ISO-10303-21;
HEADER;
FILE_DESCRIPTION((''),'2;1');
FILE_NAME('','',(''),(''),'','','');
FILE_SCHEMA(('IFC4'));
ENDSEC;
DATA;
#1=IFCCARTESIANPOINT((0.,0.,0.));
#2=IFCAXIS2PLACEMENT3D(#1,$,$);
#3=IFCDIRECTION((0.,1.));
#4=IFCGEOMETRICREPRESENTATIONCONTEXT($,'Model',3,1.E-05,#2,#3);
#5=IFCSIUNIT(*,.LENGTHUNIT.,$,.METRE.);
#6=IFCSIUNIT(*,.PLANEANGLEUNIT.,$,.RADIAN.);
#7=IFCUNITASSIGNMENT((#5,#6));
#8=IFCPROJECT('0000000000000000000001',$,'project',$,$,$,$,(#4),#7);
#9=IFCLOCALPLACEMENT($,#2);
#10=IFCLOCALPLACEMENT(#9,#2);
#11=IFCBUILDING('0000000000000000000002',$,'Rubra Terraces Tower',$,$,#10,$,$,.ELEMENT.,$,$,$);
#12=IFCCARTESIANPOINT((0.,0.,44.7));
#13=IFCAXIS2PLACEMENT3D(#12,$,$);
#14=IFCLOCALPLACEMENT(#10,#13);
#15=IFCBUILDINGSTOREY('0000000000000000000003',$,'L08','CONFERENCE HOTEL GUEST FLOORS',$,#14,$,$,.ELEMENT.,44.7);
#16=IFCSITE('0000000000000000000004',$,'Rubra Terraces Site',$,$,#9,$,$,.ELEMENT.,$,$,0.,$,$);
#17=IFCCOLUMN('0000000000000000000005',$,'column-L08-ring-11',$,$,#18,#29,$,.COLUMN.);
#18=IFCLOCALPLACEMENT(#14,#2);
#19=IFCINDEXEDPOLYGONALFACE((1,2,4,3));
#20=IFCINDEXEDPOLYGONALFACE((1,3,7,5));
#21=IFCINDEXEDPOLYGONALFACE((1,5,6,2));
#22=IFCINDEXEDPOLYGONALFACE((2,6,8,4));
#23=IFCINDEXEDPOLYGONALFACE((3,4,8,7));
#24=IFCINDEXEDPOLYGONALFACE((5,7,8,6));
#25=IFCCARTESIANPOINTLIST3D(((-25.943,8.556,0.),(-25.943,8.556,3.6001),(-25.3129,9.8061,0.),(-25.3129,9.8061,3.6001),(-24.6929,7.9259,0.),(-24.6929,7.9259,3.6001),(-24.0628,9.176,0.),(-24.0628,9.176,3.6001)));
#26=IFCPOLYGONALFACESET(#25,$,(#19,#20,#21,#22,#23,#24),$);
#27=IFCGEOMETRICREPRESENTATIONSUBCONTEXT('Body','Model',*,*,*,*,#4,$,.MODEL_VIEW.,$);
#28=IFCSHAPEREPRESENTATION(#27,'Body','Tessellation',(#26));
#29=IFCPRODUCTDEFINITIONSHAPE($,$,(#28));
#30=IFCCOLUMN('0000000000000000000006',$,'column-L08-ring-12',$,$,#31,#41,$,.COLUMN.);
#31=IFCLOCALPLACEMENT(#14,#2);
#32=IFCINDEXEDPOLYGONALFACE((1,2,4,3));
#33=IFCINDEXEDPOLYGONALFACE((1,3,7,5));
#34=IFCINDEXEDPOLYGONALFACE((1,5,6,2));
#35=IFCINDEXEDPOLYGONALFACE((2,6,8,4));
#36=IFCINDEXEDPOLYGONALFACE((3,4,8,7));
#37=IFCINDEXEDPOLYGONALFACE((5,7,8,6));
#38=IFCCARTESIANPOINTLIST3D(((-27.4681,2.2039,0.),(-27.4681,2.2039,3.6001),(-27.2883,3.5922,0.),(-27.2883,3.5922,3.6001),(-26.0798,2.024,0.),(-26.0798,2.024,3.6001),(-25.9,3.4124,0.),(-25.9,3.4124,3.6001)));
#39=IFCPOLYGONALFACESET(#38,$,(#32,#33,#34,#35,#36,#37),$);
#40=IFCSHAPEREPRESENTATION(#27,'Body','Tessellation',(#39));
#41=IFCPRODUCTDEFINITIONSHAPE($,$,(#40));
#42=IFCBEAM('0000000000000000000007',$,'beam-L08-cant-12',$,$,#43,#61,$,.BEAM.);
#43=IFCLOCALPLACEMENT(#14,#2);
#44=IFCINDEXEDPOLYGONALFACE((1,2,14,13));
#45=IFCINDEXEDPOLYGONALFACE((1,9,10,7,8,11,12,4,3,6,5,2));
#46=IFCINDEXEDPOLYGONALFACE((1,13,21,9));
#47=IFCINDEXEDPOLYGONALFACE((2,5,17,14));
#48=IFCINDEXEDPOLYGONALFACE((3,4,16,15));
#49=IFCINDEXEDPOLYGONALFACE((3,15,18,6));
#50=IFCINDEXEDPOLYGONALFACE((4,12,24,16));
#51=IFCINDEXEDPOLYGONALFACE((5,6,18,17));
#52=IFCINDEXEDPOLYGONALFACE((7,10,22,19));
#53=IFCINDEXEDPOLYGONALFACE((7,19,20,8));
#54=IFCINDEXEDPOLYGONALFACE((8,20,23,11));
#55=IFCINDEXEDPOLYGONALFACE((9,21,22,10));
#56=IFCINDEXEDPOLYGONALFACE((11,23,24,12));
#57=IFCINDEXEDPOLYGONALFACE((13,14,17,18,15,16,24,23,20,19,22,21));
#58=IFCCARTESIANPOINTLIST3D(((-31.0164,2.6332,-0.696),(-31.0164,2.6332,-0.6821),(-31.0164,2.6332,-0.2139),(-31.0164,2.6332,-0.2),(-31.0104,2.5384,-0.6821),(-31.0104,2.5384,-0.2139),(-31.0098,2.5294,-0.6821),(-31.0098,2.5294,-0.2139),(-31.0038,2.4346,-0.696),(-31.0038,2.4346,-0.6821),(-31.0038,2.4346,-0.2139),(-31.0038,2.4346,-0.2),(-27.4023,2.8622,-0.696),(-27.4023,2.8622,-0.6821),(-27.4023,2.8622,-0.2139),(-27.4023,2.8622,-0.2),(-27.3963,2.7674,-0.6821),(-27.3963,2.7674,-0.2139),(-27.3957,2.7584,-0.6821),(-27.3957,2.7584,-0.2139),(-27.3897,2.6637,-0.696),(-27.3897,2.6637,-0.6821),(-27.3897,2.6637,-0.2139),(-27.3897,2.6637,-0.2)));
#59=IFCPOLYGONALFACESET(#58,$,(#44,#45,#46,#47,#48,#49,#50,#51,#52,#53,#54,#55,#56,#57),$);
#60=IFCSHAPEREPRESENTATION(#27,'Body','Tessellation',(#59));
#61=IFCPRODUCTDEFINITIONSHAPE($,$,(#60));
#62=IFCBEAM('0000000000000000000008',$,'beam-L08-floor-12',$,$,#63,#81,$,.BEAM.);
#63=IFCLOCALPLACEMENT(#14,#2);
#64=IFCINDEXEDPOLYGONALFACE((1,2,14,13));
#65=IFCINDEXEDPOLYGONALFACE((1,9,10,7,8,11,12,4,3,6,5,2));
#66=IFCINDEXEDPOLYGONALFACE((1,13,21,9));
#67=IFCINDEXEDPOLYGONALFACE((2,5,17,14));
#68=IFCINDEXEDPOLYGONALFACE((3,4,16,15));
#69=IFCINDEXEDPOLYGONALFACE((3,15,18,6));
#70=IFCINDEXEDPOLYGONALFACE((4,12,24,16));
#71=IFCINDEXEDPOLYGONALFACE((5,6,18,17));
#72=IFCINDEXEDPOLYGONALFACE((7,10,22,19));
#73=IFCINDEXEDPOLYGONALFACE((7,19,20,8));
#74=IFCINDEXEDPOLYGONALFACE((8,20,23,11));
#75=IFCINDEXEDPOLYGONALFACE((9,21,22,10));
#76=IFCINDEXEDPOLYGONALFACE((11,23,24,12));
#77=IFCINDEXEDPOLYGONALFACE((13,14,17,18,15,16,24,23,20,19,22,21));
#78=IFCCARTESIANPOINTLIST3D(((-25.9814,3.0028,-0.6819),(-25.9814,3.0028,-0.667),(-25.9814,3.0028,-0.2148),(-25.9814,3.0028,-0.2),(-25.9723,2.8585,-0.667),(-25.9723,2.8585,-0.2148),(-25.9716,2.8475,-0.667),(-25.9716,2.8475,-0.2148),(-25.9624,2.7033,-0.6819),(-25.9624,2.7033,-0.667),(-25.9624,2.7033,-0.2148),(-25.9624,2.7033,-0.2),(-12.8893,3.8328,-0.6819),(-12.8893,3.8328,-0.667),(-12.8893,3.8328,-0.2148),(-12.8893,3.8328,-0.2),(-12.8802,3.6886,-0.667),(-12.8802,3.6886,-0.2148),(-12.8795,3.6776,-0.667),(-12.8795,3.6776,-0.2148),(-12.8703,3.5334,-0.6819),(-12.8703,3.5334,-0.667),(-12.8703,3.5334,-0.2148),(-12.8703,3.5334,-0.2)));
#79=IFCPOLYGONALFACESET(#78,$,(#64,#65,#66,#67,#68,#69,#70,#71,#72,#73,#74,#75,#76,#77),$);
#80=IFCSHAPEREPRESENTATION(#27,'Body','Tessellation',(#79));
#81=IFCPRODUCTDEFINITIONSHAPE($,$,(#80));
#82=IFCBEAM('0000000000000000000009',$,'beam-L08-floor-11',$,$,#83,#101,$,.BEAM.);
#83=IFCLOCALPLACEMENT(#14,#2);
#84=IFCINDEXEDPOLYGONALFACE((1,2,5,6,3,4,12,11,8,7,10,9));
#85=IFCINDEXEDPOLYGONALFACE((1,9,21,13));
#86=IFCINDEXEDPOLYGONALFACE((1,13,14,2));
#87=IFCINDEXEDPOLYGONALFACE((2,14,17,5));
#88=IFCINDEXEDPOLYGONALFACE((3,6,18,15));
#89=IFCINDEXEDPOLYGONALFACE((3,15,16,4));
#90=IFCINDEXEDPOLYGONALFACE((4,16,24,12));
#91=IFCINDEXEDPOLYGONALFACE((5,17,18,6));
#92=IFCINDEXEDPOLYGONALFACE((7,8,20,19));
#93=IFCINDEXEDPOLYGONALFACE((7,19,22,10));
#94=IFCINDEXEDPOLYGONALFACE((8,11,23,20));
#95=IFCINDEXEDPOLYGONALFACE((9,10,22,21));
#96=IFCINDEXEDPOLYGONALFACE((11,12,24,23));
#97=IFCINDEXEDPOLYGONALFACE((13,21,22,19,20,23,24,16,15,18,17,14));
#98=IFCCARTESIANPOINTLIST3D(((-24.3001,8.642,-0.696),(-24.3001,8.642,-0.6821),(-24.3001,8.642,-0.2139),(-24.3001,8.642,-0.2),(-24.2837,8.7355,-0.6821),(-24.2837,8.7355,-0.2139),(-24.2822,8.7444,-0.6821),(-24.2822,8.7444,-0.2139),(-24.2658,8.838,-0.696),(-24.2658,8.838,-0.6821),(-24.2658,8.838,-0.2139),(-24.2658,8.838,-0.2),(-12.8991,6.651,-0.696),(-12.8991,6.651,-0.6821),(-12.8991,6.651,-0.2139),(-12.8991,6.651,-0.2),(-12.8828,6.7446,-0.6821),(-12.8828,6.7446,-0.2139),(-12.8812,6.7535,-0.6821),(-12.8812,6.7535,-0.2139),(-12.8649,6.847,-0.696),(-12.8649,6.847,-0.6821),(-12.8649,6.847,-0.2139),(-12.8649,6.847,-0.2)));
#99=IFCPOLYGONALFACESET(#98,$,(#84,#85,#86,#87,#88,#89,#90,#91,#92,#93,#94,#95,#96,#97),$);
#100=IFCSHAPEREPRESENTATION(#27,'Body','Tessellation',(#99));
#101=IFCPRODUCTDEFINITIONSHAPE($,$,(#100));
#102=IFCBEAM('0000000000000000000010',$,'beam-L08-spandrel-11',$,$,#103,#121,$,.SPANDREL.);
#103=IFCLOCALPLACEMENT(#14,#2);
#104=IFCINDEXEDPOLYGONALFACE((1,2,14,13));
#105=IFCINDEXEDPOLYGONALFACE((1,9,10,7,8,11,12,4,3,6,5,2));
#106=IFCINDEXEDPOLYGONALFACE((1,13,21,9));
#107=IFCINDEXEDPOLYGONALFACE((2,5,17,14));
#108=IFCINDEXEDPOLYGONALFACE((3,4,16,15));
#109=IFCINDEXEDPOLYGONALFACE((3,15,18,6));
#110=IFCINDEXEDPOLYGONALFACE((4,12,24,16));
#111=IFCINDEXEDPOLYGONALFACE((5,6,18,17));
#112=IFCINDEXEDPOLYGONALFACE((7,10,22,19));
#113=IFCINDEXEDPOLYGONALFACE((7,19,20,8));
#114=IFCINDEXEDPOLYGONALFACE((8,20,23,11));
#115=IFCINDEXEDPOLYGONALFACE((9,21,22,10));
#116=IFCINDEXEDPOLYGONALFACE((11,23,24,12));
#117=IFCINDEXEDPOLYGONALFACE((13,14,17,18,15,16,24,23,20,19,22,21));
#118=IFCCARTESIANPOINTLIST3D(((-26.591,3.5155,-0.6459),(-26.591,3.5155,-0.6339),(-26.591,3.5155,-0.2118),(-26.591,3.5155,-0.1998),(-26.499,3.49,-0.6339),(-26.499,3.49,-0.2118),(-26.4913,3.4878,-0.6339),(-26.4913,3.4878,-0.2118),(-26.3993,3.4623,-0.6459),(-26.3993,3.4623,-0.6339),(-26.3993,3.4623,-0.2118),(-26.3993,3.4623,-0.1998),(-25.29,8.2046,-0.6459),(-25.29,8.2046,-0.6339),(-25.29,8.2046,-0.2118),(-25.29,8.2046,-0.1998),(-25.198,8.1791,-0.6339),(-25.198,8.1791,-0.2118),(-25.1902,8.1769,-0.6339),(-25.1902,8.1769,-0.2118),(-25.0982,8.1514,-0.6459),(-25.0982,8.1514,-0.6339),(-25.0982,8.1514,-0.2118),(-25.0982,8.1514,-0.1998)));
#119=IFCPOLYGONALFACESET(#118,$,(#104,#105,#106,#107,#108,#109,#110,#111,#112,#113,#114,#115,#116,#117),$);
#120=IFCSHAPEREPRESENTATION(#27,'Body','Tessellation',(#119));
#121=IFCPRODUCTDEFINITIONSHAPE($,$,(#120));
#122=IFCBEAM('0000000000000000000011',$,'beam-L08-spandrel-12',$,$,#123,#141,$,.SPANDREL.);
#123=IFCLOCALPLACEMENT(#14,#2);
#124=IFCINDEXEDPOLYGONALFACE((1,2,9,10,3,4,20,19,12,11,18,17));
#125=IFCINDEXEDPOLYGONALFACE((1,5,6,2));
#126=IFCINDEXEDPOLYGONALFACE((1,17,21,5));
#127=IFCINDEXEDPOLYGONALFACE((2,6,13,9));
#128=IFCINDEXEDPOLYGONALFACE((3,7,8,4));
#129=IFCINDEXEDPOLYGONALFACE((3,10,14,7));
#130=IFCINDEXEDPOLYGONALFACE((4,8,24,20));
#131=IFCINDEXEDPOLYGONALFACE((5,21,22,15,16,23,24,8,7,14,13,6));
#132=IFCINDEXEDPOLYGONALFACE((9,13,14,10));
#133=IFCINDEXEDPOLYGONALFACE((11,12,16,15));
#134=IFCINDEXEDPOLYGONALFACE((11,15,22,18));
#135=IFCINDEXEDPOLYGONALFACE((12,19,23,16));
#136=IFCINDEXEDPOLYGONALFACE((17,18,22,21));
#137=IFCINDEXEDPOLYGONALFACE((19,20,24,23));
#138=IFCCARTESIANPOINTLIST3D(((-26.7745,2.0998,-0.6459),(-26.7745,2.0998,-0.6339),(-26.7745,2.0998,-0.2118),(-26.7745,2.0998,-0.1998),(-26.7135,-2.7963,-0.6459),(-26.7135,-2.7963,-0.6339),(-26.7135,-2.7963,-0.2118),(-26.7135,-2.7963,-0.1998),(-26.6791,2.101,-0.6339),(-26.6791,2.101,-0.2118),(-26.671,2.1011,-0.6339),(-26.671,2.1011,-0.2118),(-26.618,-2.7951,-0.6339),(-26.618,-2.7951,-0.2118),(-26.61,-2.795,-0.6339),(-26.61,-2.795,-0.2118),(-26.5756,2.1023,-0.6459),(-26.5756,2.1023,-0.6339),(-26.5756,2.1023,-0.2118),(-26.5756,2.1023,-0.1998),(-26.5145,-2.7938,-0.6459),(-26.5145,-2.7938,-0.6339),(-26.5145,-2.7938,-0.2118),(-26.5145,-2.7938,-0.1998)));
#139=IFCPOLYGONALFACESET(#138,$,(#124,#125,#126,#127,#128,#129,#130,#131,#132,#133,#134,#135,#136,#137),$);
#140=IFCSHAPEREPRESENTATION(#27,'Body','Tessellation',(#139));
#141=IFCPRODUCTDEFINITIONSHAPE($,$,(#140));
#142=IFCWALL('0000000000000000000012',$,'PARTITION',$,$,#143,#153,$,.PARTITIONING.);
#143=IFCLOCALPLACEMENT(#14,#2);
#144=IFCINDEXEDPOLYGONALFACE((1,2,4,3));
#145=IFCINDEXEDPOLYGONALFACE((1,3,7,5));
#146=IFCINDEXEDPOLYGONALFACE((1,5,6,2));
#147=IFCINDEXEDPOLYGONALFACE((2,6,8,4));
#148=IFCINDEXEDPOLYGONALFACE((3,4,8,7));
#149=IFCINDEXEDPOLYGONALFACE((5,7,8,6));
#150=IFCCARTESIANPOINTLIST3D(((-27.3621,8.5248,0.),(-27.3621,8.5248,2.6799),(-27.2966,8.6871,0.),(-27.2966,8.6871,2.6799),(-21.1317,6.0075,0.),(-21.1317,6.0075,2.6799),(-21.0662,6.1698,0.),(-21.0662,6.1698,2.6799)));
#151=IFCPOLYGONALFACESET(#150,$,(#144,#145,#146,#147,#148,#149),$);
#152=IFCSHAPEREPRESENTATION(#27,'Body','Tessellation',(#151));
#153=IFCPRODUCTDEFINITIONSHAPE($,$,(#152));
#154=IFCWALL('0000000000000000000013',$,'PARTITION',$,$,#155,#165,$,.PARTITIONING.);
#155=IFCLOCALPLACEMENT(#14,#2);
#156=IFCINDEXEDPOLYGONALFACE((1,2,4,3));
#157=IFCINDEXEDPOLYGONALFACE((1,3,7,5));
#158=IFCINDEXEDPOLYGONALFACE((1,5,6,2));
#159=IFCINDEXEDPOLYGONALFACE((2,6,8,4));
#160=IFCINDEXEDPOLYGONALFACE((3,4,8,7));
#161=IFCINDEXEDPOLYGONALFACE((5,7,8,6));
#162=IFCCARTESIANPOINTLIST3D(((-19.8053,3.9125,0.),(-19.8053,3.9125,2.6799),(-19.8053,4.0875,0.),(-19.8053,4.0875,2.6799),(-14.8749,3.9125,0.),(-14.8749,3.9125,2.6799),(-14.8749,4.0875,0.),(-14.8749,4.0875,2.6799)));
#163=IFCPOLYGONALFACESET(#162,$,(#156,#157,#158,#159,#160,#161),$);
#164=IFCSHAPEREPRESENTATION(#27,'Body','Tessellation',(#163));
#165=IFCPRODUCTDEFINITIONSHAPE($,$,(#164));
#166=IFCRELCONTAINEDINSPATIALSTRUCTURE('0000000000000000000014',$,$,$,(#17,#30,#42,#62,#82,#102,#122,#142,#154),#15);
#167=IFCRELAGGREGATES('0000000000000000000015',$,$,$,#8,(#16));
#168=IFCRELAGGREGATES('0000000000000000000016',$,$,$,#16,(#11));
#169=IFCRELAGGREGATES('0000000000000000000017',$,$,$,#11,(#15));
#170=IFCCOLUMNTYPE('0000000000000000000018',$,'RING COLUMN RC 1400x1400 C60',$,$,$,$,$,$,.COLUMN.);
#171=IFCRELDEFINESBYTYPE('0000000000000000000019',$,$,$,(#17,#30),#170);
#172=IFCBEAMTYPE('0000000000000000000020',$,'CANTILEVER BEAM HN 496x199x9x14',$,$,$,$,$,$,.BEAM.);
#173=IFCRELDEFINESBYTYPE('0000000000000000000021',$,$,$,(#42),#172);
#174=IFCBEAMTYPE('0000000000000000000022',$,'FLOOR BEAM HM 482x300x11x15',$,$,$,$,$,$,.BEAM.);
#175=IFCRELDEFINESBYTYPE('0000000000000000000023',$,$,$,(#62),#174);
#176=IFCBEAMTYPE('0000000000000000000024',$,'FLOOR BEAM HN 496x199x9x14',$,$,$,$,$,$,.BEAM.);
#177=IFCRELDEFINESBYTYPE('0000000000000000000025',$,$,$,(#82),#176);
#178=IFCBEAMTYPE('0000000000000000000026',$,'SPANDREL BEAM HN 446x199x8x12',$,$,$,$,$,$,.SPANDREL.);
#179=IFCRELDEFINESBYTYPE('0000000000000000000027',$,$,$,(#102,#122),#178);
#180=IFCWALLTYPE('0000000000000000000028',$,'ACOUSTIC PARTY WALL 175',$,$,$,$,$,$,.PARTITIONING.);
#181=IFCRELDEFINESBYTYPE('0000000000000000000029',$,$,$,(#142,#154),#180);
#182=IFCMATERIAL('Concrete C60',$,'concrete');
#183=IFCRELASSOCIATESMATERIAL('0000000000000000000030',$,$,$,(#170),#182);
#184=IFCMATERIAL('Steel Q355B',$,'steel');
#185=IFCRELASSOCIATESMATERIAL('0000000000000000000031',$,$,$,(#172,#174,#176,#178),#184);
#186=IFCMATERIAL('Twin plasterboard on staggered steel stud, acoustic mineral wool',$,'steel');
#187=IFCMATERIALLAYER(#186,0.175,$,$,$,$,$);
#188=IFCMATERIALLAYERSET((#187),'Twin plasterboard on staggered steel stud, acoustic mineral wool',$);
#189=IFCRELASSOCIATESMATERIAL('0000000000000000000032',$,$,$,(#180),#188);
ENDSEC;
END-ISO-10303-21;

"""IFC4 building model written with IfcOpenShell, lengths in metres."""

from ifc_helpers import new_model, si_unit, direction, frame, frame_2d, origin, origin_2d, place, context, subcontext, project, spatial, rectangle, i_section, extrude, material, layer, layer_set, material_profile, profile_set, type_object, element, save


model = new_model("IFC4")

# Units and contexts
model_context = context("Model", 3, precision=1e-05, world=origin(), true_north=direction((0.0, 1.0)))
body_context = subcontext(model_context, "Body", "Model", "MODEL_VIEW")
ifc_project = project(units=[si_unit("LENGTHUNIT", "METRE"), si_unit("PLANEANGLEUNIT", "RADIAN")], contexts=[model_context])

# Site, building, storey
site_placement = place(None, origin())
site = spatial("IfcSite", under=ifc_project, at=site_placement, Name="Rubra Terraces Site", CompositionType="ELEMENT", RefElevation=0.0)
building_placement = place(site_placement, origin())
building = spatial("IfcBuilding", under=site, at=building_placement, Name="Rubra Terraces Tower", CompositionType="ELEMENT")
storey_placement = place(building_placement, frame((0.0, 0.0, 44.7)))
storey = spatial("IfcBuildingStorey", under=building, at=storey_placement, Name="L08", Description="CONFERENCE HOTEL GUEST FLOORS", CompositionType="ELEMENT", Elevation=44.7)

# Columns
ifc_material_1 = material(Name="Concrete C60", Category="concrete")
ifc_material_profile_1 = material_profile(ifc_material_1, rectangle(XDim=1.3999, YDim=1.3999, at=origin_2d()), Name="RC 1400x1400")
ifc_profile_set_1 = profile_set([ifc_material_profile_1], Name="Concrete C60")
column_type = type_object("IfcColumnType", Name="RING COLUMN RC 1400x1400 C60", PredefinedType="COLUMN", material=ifc_profile_set_1)
for number, where, z_axis, x_axis, name in (
    (1, (-25.0029, 8.866, 0.0), (0.0, 0.0, 1.0), (-0.450099, -0.892979, 0.0), "column-L08-ring-11"),
    (2, (-26.6841, 2.8081, 0.0), (0.0, 0.0, 1.0), (-0.128445, -0.991717, 0.0), "column-L08-ring-12"),
):
    element("IfcColumn", number, at=place(storey_placement, frame(where, z_axis=z_axis, x_axis=x_axis)), inside=storey, type_object=column_type, Name=name, PredefinedType="COLUMN", context=body_context, shape_type="SweptSolid", body=[
        extrude(rectangle(XDim=1.3999, YDim=1.3999, at=origin_2d()), origin(), (0.0, 0.0, 1.0), 3.6001),
    ])

# Beams
ifc_material_2 = material(Name="Steel Q355B", Category="steel")
ifc_material_profile_2 = material_profile(ifc_material_2, i_section(OverallWidth=0.199, OverallDepth=0.4961, WebThickness=0.009, FlangeThickness=0.0139, at=origin_2d()), Name="HN 496x199x9x14")
ifc_profile_set_2 = profile_set([ifc_material_profile_2], Name="Steel Q355B")
beam_type_1 = type_object("IfcBeamType", Name="CANTILEVER BEAM HN 496x199x9x14", PredefinedType="BEAM", material=ifc_profile_set_2)
beam_1_placement = place(storey_placement, frame((-27.396, 2.7629, -0.448), z_axis=(-0.997998, -0.063239, 0.0), x_axis=(0.063239, -0.997998, 0.0)))
element("IfcBeam", 3, at=beam_1_placement, inside=storey, type_object=beam_type_1, Name="beam-L08-cant-12", PredefinedType="BEAM", context=body_context, shape_type="SweptSolid", body=[
    extrude(i_section(OverallWidth=0.199, OverallDepth=0.4961, WebThickness=0.009, FlangeThickness=0.0139, at=origin_2d()), origin(), (0.0, 0.0, 1.0), 3.6213),
])
ifc_material_profile_3 = material_profile(ifc_material_2, i_section(OverallWidth=0.3, OverallDepth=0.4819, WebThickness=0.011, FlangeThickness=0.0149, at=origin_2d()), Name="HM 482x300x11x15")
ifc_profile_set_3 = profile_set([ifc_material_profile_3], Name="Steel Q355B")
beam_type_2 = type_object("IfcBeamType", Name="FLOOR BEAM HM 482x300x11x15", PredefinedType="BEAM", material=ifc_profile_set_3)
beam_2_placement = place(storey_placement, frame((-25.9719, 2.853, -0.4409), z_axis=(0.997996, 0.063276, 0.0), x_axis=(-0.063276, 0.997996, 0.0)))
element("IfcBeam", 4, at=beam_2_placement, inside=storey, type_object=beam_type_2, Name="beam-L08-floor-12", PredefinedType="BEAM", context=body_context, shape_type="SweptSolid", body=[
    extrude(i_section(OverallWidth=0.3, OverallDepth=0.4819, WebThickness=0.011, FlangeThickness=0.0149, at=origin_2d()), origin(), (0.0, 0.0, 1.0), 13.1184),
])
ifc_material_profile_4 = material_profile(ifc_material_2, i_section(OverallWidth=0.199, OverallDepth=0.4961, WebThickness=0.009, FlangeThickness=0.0139, at=origin_2d()), Name="HN 496x199x9x14")
ifc_profile_set_4 = profile_set([ifc_material_profile_4], Name="Steel Q355B")
beam_type_3 = type_object("IfcBeamType", Name="FLOOR BEAM HN 496x199x9x14", PredefinedType="BEAM", material=ifc_profile_set_4)
beam_3_placement = place(storey_placement, frame((-24.283, 8.74, -0.448), z_axis=(0.985092, -0.172029, 0.0), x_axis=(0.172029, 0.985092, 0.0)))
element("IfcBeam", 5, at=beam_3_placement, inside=storey, type_object=beam_type_3, Name="beam-L08-floor-11", PredefinedType="BEAM", context=body_context, shape_type="SweptSolid", body=[
    extrude(i_section(OverallWidth=0.199, OverallDepth=0.4961, WebThickness=0.009, FlangeThickness=0.0139, at=origin_2d()), origin(), (0.0, 0.0, 1.0), 11.5735),
])
ifc_material_profile_5 = material_profile(ifc_material_2, i_section(OverallWidth=0.199, OverallDepth=0.446, WebThickness=0.0081, FlangeThickness=0.012, at=origin_2d()), Name="HN 446x199x8x12")
ifc_profile_set_5 = profile_set([ifc_material_profile_5], Name="Steel Q355B")
beam_type_4 = type_object("IfcBeamType", Name="SPANDREL BEAM HN 446x199x8x12", PredefinedType="SPANDREL", material=ifc_profile_set_5)
beam_4_placement = place(storey_placement, frame((-25.1941, 8.178, -0.4229), z_axis=(-0.267364, -0.963595, 0.0), x_axis=(0.963595, -0.267364, 0.0)))
element("IfcBeam", 6, at=beam_4_placement, inside=storey, type_object=beam_type_4, Name="beam-L08-spandrel-11", PredefinedType="SPANDREL", context=body_context, shape_type="SweptSolid", body=[
    extrude(i_section(OverallWidth=0.199, OverallDepth=0.446, WebThickness=0.0081, FlangeThickness=0.012, at=origin_2d()), origin(), (0.0, 0.0, 1.0), 4.8662),
])
beam_5_placement = place(storey_placement, frame((-26.675, 2.1011, -0.4229), z_axis=(0.012465, -0.999922, 0.0), x_axis=(0.999922, 0.012465, 0.0)))
element("IfcBeam", 7, at=beam_5_placement, inside=storey, type_object=beam_type_4, Name="beam-L08-spandrel-12", PredefinedType="SPANDREL", context=body_context, shape_type="SweptSolid", body=[
    extrude(i_section(OverallWidth=0.199, OverallDepth=0.446, WebThickness=0.0081, FlangeThickness=0.012, at=origin_2d()), origin(), (0.0, 0.0, 1.0), 4.8965),
])

# Walls
ifc_material_3 = material(Name="Twin plasterboard on staggered steel stud, acoustic mineral wool", Category="steel")
ifc_layer_1 = layer(ifc_material_3, 0.175)
ifc_layer_set_1 = layer_set([ifc_layer_1], Name="Twin plasterboard on staggered steel stud, acoustic mineral wool")
wall_type_1 = type_object("IfcWallType", Name="ACOUSTIC PARTY WALL 175", PredefinedType="PARTITIONING", material=ifc_layer_set_1)
wall_1_placement = place(storey_placement, frame((-27.3293, 8.606, 0.0), z_axis=(0.0, 0.0, 1.0), x_axis=(0.927181, -0.374614, 0.0)))
element("IfcWall", 8, at=wall_1_placement, inside=storey, type_object=wall_type_1, Name="PARTITION", PredefinedType="PARTITIONING", context=body_context, shape_type="SweptSolid", body=[
    extrude(rectangle(XDim=6.7197, YDim=0.175, at=frame_2d((3.3599, 0.0))), origin(), (0.0, 0.0, 1.0), 2.6799),
])
wall_2_placement = place(storey_placement, frame((-19.8054, 4.0, 0.0), z_axis=(0.0, 0.0, 1.0), x_axis=(1.0, 0.0, 0.0)))
element("IfcWall", 9, at=wall_2_placement, inside=storey, type_object=wall_type_1, Name="PARTITION", PredefinedType="PARTITIONING", context=body_context, shape_type="SweptSolid", body=[
    extrude(rectangle(XDim=4.9304, YDim=0.175, at=frame_2d((2.4653, 0.0))), origin(), (0.0, 0.0, 1.0), 2.6799),
])

save(model, "model.ifc")
